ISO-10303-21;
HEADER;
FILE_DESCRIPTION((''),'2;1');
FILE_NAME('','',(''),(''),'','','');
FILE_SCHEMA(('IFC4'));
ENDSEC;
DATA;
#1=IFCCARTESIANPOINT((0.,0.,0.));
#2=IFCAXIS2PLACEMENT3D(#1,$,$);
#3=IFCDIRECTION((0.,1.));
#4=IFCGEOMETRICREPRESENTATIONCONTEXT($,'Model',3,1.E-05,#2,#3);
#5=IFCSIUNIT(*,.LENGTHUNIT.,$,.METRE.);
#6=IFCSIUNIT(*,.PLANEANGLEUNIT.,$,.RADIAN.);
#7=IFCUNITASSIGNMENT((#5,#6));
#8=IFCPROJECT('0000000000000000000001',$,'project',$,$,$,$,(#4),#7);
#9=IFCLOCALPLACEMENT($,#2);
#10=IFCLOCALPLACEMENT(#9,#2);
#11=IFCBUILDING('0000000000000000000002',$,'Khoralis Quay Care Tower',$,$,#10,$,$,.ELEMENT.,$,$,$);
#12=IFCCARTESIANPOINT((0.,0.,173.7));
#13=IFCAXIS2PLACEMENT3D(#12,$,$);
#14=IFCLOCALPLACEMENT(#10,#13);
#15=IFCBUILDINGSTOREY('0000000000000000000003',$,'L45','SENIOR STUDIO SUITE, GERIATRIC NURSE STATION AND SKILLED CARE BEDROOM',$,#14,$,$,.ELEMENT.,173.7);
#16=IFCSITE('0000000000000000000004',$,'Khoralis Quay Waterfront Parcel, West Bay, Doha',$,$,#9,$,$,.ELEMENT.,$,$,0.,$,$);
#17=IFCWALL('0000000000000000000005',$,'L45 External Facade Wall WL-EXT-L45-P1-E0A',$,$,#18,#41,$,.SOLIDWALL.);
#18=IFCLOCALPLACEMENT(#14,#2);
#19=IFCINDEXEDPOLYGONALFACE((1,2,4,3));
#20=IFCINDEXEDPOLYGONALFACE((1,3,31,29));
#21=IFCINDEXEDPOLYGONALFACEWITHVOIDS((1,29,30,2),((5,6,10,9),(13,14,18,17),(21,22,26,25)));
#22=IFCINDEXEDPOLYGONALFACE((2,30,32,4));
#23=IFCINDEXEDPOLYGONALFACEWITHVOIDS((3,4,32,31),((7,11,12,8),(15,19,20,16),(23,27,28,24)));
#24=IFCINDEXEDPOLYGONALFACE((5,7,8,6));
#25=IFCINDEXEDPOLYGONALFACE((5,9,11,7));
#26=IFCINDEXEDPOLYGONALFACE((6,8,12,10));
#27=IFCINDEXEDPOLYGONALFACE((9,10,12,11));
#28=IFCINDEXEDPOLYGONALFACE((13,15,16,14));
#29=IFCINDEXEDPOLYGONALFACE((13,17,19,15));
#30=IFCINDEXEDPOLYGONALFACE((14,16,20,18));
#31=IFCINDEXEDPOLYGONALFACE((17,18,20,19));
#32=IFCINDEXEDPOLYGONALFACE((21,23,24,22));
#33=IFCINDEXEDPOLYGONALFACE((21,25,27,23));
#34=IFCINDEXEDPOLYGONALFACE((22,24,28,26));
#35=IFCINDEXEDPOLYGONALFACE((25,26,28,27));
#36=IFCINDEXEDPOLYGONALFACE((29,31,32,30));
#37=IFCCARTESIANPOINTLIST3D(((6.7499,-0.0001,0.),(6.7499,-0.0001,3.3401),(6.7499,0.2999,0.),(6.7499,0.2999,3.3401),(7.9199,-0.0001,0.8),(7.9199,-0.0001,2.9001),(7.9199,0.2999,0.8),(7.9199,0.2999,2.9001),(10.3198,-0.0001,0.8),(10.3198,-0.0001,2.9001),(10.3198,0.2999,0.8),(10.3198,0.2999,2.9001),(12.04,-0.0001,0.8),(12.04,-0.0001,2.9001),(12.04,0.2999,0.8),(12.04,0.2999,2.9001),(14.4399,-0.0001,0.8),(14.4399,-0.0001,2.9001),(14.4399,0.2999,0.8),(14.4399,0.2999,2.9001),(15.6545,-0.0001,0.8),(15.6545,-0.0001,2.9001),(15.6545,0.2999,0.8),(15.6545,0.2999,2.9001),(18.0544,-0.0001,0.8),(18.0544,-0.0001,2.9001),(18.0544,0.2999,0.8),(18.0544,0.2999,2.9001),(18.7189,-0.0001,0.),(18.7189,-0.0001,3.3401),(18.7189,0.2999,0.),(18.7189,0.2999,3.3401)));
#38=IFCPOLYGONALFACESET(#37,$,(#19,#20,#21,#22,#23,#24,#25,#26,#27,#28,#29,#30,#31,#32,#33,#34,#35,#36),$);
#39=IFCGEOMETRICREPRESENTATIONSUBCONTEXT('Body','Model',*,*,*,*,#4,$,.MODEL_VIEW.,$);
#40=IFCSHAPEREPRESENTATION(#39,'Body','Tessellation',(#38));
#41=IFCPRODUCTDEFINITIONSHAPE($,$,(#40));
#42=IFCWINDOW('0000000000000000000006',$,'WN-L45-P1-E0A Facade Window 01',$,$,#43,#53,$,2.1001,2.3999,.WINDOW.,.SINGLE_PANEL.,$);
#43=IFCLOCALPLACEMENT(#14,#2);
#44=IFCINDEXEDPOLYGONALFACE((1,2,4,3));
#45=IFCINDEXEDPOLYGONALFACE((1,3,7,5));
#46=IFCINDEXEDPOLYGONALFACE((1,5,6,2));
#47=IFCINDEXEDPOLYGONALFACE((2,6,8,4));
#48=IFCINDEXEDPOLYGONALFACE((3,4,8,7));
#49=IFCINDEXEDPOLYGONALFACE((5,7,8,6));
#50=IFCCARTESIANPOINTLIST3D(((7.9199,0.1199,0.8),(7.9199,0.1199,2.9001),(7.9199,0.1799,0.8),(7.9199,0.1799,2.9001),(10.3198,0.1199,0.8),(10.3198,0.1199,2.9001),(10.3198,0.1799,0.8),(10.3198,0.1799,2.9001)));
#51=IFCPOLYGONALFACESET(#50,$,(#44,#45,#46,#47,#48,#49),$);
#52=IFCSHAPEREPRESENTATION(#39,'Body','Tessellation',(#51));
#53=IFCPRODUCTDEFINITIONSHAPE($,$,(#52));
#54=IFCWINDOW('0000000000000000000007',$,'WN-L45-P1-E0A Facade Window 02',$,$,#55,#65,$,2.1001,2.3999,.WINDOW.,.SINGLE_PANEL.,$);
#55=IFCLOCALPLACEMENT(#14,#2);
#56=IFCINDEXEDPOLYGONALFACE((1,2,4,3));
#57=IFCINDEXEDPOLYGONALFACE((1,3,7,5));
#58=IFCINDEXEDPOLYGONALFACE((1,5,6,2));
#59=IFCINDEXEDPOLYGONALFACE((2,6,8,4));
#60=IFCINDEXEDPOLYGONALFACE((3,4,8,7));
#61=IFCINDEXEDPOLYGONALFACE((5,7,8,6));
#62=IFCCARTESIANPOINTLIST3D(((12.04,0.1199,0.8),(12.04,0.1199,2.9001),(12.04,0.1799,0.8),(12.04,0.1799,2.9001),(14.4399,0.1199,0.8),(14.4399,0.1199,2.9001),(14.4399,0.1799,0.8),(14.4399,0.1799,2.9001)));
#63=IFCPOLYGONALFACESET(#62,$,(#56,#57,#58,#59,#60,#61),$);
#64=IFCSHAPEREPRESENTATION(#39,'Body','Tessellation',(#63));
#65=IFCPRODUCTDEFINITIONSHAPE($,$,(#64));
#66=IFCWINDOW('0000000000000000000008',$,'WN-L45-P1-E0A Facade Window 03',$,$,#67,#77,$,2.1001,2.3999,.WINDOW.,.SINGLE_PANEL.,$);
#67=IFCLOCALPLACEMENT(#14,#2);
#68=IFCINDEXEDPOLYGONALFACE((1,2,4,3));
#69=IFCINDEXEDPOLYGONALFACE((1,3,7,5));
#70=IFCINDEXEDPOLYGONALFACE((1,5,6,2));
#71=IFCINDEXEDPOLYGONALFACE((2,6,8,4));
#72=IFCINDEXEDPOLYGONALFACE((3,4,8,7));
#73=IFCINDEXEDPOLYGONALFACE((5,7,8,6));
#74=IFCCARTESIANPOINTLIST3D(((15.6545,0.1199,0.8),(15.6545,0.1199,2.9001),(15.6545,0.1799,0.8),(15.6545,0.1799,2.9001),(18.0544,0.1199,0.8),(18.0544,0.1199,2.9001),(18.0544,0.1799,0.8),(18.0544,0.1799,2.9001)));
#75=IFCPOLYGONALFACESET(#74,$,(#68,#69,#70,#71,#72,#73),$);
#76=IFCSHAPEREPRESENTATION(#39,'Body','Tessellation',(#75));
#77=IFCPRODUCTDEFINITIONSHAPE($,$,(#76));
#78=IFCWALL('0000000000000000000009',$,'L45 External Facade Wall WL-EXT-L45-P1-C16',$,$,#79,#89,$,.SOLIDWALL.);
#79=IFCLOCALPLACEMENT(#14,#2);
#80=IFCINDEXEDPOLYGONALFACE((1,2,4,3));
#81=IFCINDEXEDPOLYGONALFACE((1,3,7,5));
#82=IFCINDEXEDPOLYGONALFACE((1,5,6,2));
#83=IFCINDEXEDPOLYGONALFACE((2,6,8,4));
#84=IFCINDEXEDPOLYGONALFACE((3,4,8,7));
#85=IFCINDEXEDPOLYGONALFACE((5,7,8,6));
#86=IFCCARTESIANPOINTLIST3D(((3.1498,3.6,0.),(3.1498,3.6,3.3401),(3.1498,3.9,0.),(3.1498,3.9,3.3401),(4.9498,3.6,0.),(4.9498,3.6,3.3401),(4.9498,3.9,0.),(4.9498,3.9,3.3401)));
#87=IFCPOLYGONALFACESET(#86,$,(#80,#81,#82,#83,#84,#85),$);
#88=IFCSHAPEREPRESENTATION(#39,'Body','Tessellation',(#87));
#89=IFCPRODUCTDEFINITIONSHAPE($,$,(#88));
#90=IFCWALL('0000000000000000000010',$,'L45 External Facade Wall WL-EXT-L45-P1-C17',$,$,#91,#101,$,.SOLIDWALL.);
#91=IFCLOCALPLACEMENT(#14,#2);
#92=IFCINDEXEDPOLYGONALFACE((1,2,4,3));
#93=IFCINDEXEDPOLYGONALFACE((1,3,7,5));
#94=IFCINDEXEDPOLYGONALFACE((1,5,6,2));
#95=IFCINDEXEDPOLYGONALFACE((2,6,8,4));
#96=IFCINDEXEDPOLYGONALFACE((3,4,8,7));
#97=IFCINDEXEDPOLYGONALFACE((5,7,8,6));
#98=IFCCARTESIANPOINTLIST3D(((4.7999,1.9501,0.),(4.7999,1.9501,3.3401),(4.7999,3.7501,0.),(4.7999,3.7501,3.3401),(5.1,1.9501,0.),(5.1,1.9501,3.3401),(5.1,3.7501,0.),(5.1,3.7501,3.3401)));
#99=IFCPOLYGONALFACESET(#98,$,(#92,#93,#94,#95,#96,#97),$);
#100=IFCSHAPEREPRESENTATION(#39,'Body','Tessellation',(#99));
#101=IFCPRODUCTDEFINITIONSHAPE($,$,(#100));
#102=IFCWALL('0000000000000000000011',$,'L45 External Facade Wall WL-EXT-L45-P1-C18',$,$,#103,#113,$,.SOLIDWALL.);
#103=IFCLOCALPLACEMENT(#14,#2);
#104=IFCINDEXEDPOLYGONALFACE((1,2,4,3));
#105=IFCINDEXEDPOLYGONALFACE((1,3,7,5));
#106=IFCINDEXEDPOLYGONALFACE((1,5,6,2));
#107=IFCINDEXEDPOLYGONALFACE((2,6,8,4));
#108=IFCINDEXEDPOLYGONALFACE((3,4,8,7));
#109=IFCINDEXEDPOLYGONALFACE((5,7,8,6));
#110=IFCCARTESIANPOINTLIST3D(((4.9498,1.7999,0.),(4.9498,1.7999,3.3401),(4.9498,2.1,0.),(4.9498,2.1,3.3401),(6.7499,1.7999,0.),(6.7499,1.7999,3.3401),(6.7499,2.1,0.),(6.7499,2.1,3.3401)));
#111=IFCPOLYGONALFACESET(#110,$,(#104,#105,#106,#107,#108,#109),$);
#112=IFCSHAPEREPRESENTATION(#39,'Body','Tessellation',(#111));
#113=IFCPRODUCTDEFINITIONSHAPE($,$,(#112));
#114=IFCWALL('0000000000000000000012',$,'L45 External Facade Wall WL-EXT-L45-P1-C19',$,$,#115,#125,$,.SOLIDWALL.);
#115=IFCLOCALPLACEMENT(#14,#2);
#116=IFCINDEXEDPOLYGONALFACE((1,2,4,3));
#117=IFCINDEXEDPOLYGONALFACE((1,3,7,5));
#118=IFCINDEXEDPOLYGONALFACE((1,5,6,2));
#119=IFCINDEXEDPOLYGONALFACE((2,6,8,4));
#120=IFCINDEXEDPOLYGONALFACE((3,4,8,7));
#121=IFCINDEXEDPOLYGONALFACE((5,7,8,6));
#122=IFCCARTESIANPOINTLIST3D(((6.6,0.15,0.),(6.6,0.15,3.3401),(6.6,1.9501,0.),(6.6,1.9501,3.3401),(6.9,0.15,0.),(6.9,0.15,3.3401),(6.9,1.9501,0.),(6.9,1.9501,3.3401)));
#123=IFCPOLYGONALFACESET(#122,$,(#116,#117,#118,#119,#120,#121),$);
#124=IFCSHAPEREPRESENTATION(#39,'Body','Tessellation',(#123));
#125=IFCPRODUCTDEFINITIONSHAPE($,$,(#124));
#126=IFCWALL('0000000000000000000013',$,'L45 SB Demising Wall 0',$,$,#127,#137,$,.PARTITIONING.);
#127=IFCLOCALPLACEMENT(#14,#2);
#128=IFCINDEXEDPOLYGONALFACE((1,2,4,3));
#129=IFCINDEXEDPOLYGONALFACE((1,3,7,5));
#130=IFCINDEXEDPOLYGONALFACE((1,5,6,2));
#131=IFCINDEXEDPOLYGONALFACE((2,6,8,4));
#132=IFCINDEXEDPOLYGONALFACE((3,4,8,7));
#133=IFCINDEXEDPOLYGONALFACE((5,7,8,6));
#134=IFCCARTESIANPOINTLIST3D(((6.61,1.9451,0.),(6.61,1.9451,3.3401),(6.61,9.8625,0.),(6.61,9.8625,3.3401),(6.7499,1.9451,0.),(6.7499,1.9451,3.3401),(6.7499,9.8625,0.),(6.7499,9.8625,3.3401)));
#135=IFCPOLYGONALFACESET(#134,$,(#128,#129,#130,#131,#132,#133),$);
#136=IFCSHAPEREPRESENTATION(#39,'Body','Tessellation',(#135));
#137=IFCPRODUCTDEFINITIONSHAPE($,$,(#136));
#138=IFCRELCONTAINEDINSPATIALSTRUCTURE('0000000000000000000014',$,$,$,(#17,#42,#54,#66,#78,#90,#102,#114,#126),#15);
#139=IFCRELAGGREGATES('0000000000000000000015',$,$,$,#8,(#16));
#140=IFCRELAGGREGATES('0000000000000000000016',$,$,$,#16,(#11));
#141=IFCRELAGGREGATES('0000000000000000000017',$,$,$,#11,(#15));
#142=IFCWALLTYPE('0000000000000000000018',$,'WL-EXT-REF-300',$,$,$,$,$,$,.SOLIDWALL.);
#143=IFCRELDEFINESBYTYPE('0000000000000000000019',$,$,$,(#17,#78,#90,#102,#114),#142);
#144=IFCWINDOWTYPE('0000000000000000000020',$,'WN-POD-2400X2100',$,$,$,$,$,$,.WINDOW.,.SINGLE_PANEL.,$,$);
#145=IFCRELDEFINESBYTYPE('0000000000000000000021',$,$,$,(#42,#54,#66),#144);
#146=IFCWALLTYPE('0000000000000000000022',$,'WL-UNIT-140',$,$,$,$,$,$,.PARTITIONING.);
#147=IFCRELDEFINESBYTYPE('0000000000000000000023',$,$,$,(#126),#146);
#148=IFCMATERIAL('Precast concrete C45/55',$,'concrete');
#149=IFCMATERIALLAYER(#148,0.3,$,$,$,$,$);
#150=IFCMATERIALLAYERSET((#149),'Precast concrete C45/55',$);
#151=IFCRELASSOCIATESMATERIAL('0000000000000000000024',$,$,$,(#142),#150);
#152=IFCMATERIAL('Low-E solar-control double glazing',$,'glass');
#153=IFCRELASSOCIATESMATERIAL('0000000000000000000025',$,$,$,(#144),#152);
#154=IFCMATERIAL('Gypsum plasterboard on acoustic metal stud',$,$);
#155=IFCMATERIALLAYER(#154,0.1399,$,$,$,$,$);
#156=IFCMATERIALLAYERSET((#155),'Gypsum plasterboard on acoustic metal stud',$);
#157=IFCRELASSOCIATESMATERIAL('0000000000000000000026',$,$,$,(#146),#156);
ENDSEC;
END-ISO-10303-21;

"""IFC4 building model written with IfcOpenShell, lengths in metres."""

from ifc_helpers import new_model, si_unit, direction, frame, frame_2d, origin, place, context, subcontext, project, spatial, rectangle, extrude, source, transform, mapped, material, layer, layer_set, type_object, element, fill, save


model = new_model("IFC4")

# Units and contexts
model_context = context("Model", 3, precision=1e-05, world=origin(), true_north=direction((0.0, 1.0)))
body_context = subcontext(model_context, "Body", "Model", "MODEL_VIEW")
ifc_project = project(units=[si_unit("LENGTHUNIT", "METRE"), si_unit("PLANEANGLEUNIT", "RADIAN")], contexts=[model_context])

# Site, building, storey
site_placement = place(None, origin())
site = spatial("IfcSite", under=ifc_project, at=site_placement, Name="Khoralis Quay Waterfront Parcel, West Bay, Doha", CompositionType="ELEMENT", RefElevation=0.0)
building_placement = place(site_placement, origin())
building = spatial("IfcBuilding", under=site, at=building_placement, Name="Khoralis Quay Care Tower", CompositionType="ELEMENT")
storey_placement = place(building_placement, frame((0.0, 0.0, 173.7)))
storey = spatial("IfcBuildingStorey", under=building, at=storey_placement, Name="L45", Description="SENIOR STUDIO SUITE, GERIATRIC NURSE STATION AND SKILLED CARE BEDROOM", CompositionType="ELEMENT", Elevation=173.7)

# Shared definitions
ifc_material_1 = material(Name="Precast concrete C45/55", Category="concrete")

# Wall, openings, windows
ifc_layer_1 = layer(ifc_material_1, 0.3)
ifc_layer_set_1 = layer_set([ifc_layer_1], Name="Precast concrete C45/55")
wall_type_1 = type_object("IfcWallType", Name="WL-EXT-REF-300", PredefinedType="SOLIDWALL", material=ifc_layer_set_1)
wall_1_placement = place(storey_placement, frame((6.75, 0.1499, 0.0), z_axis=(0.0, 0.0, 1.0), x_axis=(1.0, 0.0, 0.0)))
wall_1 = element("IfcWall", 1, at=wall_1_placement, inside=storey, type_object=wall_type_1, Name="L45 External Facade Wall WL-EXT-L45-P1-E0A", PredefinedType="SOLIDWALL", context=body_context, shape_type="SweptSolid", body=[
    extrude(rectangle(XDim=11.969, YDim=0.3, at=frame_2d((5.9844, 0.0))), origin(), (0.0, 0.0, 1.0), 3.3401),
])
opening_1_placement = place(wall_1_placement, frame((1.1699, 0.0, 0.8)))
opening_1 = element("IfcOpeningElement", 2, at=opening_1_placement, cuts=wall_1, PredefinedType="OPENING", context=body_context, shape_type="SweptSolid", body=[
    extrude(rectangle(XDim=2.3999, YDim=2.1001, at=frame_2d((1.2, 1.05))), frame((0.0, 0.1602, 0.0), z_axis=(0.0, -1.0, 0.0), x_axis=(1.0, 0.0, 0.0)), (0.0, 0.0, 1.0), 0.3201),
])
opening_2_placement = place(wall_1_placement, frame((5.29, 0.0, 0.8)))
opening_2 = element("IfcOpeningElement", 3, at=opening_2_placement, cuts=wall_1, PredefinedType="OPENING", context=body_context, shape_type="SweptSolid", body=[
    extrude(rectangle(XDim=2.3999, YDim=2.1001, at=frame_2d((1.2, 1.05))), frame((0.0, 0.1602, 0.0), z_axis=(0.0, -1.0, 0.0), x_axis=(1.0, 0.0, 0.0)), (0.0, 0.0, 1.0), 0.3201),
])
opening_3_placement = place(wall_1_placement, frame((8.9045, 0.0, 0.8)))
opening_3 = element("IfcOpeningElement", 4, at=opening_3_placement, cuts=wall_1, PredefinedType="OPENING", context=body_context, shape_type="SweptSolid", body=[
    extrude(rectangle(XDim=2.3999, YDim=2.1001, at=frame_2d((1.2, 1.05))), frame((0.0, 0.1602, 0.0), z_axis=(0.0, -1.0, 0.0), x_axis=(1.0, 0.0, 0.0)), (0.0, 0.0, 1.0), 0.3201),
])
ifc_material_2 = material(Name="Low-E solar-control double glazing", Category="glass")
window_type = type_object("IfcWindowType", Name="WN-POD-2400X2100", PartitioningType="SINGLE_PANEL", PredefinedType="WINDOW", material=ifc_material_2)
shared_shape_1 = source(origin(), body_context, "Body", "SweptSolid", [
    extrude(rectangle(XDim=2.3999, YDim=2.1001, at=frame_2d((1.2, 1.05))), frame((0.0, 0.03, 0.0), z_axis=(0.0, -1.0, 0.0), x_axis=(1.0, 0.0, 0.0)), (0.0, 0.0, 1.0), 0.0601),
])
window_1_placement = place(opening_1_placement, origin())
window_1 = element("IfcWindow", 5, at=window_1_placement, inside=storey, type_object=window_type, Name="WN-L45-P1-E0A Facade Window 01", OverallHeight=2.1001, OverallWidth=2.3999, PartitioningType="SINGLE_PANEL", PredefinedType="WINDOW", context=body_context, shape_type="MappedRepresentation", body=[
    mapped(shared_shape_1, transform((0.0, 0.0, 0.0), scale=1.0)),
])
fill(opening_1, window_1)
window_2_placement = place(opening_2_placement, origin())
window_2 = element("IfcWindow", 6, at=window_2_placement, inside=storey, type_object=window_type, Name="WN-L45-P1-E0A Facade Window 02", OverallHeight=2.1001, OverallWidth=2.3999, PartitioningType="SINGLE_PANEL", PredefinedType="WINDOW", context=body_context, shape_type="MappedRepresentation", body=[
    mapped(shared_shape_1, transform((0.0, 0.0, 0.0), scale=1.0)),
])
fill(opening_2, window_2)
window_3_placement = place(opening_3_placement, origin())
window_3 = element("IfcWindow", 7, at=window_3_placement, inside=storey, type_object=window_type, Name="WN-L45-P1-E0A Facade Window 03", OverallHeight=2.1001, OverallWidth=2.3999, PartitioningType="SINGLE_PANEL", PredefinedType="WINDOW", context=body_context, shape_type="MappedRepresentation", body=[
    mapped(shared_shape_1, transform((0.0, 0.0, 0.0), scale=1.0)),
])
fill(opening_3, window_3)

# Walls
for number, where, z_axis, x_axis, name in (
    (8, (3.1499, 3.75, 0.0), (0.0, 0.0, 1.0), (1.0, 0.0, 0.0), "L45 External Facade Wall WL-EXT-L45-P1-C16"),
    (9, (4.95, 3.75, 0.0), (0.0, 0.0, 1.0), (0.0, -1.0, 0.0), "L45 External Facade Wall WL-EXT-L45-P1-C17"),
    (10, (4.95, 1.95, 0.0), (0.0, 0.0, 1.0), (1.0, 0.0, 0.0), "L45 External Facade Wall WL-EXT-L45-P1-C18"),
    (11, (6.75, 1.95, 0.0), (0.0, 0.0, 1.0), (0.0, -1.0, 0.0), "L45 External Facade Wall WL-EXT-L45-P1-C19"),
):
    element("IfcWall", number, at=place(storey_placement, frame(where, z_axis=z_axis, x_axis=x_axis)), inside=storey, type_object=wall_type_1, Name=name, PredefinedType="SOLIDWALL", context=body_context, shape_type="SweptSolid", body=[
        extrude(rectangle(XDim=1.8, YDim=0.3, at=frame_2d((0.8999, 0.0))), origin(), (0.0, 0.0, 1.0), 3.3401),
    ])
ifc_material_3 = material(Name="Gypsum plasterboard on acoustic metal stud")
ifc_layer_2 = layer(ifc_material_3, 0.1399)
ifc_layer_set_2 = layer_set([ifc_layer_2], Name="Gypsum plasterboard on acoustic metal stud")
wall_type_2 = type_object("IfcWallType", Name="WL-UNIT-140", PredefinedType="PARTITIONING", material=ifc_layer_set_2)
wall_2_placement = place(storey_placement, frame((6.6799, 1.9451, 0.0), z_axis=(0.0, 0.0, 1.0), x_axis=(0.0, 1.0, 0.0)))
element("IfcWall", 12, at=wall_2_placement, inside=storey, type_object=wall_type_2, Name="L45 SB Demising Wall 0", PredefinedType="PARTITIONING", context=body_context, shape_type="SweptSolid", body=[
    extrude(rectangle(XDim=7.9175, YDim=0.1399, at=frame_2d((3.9587, 0.0))), origin(), (0.0, 0.0, 1.0), 3.3401),
])

save(model, "model.ifc")
